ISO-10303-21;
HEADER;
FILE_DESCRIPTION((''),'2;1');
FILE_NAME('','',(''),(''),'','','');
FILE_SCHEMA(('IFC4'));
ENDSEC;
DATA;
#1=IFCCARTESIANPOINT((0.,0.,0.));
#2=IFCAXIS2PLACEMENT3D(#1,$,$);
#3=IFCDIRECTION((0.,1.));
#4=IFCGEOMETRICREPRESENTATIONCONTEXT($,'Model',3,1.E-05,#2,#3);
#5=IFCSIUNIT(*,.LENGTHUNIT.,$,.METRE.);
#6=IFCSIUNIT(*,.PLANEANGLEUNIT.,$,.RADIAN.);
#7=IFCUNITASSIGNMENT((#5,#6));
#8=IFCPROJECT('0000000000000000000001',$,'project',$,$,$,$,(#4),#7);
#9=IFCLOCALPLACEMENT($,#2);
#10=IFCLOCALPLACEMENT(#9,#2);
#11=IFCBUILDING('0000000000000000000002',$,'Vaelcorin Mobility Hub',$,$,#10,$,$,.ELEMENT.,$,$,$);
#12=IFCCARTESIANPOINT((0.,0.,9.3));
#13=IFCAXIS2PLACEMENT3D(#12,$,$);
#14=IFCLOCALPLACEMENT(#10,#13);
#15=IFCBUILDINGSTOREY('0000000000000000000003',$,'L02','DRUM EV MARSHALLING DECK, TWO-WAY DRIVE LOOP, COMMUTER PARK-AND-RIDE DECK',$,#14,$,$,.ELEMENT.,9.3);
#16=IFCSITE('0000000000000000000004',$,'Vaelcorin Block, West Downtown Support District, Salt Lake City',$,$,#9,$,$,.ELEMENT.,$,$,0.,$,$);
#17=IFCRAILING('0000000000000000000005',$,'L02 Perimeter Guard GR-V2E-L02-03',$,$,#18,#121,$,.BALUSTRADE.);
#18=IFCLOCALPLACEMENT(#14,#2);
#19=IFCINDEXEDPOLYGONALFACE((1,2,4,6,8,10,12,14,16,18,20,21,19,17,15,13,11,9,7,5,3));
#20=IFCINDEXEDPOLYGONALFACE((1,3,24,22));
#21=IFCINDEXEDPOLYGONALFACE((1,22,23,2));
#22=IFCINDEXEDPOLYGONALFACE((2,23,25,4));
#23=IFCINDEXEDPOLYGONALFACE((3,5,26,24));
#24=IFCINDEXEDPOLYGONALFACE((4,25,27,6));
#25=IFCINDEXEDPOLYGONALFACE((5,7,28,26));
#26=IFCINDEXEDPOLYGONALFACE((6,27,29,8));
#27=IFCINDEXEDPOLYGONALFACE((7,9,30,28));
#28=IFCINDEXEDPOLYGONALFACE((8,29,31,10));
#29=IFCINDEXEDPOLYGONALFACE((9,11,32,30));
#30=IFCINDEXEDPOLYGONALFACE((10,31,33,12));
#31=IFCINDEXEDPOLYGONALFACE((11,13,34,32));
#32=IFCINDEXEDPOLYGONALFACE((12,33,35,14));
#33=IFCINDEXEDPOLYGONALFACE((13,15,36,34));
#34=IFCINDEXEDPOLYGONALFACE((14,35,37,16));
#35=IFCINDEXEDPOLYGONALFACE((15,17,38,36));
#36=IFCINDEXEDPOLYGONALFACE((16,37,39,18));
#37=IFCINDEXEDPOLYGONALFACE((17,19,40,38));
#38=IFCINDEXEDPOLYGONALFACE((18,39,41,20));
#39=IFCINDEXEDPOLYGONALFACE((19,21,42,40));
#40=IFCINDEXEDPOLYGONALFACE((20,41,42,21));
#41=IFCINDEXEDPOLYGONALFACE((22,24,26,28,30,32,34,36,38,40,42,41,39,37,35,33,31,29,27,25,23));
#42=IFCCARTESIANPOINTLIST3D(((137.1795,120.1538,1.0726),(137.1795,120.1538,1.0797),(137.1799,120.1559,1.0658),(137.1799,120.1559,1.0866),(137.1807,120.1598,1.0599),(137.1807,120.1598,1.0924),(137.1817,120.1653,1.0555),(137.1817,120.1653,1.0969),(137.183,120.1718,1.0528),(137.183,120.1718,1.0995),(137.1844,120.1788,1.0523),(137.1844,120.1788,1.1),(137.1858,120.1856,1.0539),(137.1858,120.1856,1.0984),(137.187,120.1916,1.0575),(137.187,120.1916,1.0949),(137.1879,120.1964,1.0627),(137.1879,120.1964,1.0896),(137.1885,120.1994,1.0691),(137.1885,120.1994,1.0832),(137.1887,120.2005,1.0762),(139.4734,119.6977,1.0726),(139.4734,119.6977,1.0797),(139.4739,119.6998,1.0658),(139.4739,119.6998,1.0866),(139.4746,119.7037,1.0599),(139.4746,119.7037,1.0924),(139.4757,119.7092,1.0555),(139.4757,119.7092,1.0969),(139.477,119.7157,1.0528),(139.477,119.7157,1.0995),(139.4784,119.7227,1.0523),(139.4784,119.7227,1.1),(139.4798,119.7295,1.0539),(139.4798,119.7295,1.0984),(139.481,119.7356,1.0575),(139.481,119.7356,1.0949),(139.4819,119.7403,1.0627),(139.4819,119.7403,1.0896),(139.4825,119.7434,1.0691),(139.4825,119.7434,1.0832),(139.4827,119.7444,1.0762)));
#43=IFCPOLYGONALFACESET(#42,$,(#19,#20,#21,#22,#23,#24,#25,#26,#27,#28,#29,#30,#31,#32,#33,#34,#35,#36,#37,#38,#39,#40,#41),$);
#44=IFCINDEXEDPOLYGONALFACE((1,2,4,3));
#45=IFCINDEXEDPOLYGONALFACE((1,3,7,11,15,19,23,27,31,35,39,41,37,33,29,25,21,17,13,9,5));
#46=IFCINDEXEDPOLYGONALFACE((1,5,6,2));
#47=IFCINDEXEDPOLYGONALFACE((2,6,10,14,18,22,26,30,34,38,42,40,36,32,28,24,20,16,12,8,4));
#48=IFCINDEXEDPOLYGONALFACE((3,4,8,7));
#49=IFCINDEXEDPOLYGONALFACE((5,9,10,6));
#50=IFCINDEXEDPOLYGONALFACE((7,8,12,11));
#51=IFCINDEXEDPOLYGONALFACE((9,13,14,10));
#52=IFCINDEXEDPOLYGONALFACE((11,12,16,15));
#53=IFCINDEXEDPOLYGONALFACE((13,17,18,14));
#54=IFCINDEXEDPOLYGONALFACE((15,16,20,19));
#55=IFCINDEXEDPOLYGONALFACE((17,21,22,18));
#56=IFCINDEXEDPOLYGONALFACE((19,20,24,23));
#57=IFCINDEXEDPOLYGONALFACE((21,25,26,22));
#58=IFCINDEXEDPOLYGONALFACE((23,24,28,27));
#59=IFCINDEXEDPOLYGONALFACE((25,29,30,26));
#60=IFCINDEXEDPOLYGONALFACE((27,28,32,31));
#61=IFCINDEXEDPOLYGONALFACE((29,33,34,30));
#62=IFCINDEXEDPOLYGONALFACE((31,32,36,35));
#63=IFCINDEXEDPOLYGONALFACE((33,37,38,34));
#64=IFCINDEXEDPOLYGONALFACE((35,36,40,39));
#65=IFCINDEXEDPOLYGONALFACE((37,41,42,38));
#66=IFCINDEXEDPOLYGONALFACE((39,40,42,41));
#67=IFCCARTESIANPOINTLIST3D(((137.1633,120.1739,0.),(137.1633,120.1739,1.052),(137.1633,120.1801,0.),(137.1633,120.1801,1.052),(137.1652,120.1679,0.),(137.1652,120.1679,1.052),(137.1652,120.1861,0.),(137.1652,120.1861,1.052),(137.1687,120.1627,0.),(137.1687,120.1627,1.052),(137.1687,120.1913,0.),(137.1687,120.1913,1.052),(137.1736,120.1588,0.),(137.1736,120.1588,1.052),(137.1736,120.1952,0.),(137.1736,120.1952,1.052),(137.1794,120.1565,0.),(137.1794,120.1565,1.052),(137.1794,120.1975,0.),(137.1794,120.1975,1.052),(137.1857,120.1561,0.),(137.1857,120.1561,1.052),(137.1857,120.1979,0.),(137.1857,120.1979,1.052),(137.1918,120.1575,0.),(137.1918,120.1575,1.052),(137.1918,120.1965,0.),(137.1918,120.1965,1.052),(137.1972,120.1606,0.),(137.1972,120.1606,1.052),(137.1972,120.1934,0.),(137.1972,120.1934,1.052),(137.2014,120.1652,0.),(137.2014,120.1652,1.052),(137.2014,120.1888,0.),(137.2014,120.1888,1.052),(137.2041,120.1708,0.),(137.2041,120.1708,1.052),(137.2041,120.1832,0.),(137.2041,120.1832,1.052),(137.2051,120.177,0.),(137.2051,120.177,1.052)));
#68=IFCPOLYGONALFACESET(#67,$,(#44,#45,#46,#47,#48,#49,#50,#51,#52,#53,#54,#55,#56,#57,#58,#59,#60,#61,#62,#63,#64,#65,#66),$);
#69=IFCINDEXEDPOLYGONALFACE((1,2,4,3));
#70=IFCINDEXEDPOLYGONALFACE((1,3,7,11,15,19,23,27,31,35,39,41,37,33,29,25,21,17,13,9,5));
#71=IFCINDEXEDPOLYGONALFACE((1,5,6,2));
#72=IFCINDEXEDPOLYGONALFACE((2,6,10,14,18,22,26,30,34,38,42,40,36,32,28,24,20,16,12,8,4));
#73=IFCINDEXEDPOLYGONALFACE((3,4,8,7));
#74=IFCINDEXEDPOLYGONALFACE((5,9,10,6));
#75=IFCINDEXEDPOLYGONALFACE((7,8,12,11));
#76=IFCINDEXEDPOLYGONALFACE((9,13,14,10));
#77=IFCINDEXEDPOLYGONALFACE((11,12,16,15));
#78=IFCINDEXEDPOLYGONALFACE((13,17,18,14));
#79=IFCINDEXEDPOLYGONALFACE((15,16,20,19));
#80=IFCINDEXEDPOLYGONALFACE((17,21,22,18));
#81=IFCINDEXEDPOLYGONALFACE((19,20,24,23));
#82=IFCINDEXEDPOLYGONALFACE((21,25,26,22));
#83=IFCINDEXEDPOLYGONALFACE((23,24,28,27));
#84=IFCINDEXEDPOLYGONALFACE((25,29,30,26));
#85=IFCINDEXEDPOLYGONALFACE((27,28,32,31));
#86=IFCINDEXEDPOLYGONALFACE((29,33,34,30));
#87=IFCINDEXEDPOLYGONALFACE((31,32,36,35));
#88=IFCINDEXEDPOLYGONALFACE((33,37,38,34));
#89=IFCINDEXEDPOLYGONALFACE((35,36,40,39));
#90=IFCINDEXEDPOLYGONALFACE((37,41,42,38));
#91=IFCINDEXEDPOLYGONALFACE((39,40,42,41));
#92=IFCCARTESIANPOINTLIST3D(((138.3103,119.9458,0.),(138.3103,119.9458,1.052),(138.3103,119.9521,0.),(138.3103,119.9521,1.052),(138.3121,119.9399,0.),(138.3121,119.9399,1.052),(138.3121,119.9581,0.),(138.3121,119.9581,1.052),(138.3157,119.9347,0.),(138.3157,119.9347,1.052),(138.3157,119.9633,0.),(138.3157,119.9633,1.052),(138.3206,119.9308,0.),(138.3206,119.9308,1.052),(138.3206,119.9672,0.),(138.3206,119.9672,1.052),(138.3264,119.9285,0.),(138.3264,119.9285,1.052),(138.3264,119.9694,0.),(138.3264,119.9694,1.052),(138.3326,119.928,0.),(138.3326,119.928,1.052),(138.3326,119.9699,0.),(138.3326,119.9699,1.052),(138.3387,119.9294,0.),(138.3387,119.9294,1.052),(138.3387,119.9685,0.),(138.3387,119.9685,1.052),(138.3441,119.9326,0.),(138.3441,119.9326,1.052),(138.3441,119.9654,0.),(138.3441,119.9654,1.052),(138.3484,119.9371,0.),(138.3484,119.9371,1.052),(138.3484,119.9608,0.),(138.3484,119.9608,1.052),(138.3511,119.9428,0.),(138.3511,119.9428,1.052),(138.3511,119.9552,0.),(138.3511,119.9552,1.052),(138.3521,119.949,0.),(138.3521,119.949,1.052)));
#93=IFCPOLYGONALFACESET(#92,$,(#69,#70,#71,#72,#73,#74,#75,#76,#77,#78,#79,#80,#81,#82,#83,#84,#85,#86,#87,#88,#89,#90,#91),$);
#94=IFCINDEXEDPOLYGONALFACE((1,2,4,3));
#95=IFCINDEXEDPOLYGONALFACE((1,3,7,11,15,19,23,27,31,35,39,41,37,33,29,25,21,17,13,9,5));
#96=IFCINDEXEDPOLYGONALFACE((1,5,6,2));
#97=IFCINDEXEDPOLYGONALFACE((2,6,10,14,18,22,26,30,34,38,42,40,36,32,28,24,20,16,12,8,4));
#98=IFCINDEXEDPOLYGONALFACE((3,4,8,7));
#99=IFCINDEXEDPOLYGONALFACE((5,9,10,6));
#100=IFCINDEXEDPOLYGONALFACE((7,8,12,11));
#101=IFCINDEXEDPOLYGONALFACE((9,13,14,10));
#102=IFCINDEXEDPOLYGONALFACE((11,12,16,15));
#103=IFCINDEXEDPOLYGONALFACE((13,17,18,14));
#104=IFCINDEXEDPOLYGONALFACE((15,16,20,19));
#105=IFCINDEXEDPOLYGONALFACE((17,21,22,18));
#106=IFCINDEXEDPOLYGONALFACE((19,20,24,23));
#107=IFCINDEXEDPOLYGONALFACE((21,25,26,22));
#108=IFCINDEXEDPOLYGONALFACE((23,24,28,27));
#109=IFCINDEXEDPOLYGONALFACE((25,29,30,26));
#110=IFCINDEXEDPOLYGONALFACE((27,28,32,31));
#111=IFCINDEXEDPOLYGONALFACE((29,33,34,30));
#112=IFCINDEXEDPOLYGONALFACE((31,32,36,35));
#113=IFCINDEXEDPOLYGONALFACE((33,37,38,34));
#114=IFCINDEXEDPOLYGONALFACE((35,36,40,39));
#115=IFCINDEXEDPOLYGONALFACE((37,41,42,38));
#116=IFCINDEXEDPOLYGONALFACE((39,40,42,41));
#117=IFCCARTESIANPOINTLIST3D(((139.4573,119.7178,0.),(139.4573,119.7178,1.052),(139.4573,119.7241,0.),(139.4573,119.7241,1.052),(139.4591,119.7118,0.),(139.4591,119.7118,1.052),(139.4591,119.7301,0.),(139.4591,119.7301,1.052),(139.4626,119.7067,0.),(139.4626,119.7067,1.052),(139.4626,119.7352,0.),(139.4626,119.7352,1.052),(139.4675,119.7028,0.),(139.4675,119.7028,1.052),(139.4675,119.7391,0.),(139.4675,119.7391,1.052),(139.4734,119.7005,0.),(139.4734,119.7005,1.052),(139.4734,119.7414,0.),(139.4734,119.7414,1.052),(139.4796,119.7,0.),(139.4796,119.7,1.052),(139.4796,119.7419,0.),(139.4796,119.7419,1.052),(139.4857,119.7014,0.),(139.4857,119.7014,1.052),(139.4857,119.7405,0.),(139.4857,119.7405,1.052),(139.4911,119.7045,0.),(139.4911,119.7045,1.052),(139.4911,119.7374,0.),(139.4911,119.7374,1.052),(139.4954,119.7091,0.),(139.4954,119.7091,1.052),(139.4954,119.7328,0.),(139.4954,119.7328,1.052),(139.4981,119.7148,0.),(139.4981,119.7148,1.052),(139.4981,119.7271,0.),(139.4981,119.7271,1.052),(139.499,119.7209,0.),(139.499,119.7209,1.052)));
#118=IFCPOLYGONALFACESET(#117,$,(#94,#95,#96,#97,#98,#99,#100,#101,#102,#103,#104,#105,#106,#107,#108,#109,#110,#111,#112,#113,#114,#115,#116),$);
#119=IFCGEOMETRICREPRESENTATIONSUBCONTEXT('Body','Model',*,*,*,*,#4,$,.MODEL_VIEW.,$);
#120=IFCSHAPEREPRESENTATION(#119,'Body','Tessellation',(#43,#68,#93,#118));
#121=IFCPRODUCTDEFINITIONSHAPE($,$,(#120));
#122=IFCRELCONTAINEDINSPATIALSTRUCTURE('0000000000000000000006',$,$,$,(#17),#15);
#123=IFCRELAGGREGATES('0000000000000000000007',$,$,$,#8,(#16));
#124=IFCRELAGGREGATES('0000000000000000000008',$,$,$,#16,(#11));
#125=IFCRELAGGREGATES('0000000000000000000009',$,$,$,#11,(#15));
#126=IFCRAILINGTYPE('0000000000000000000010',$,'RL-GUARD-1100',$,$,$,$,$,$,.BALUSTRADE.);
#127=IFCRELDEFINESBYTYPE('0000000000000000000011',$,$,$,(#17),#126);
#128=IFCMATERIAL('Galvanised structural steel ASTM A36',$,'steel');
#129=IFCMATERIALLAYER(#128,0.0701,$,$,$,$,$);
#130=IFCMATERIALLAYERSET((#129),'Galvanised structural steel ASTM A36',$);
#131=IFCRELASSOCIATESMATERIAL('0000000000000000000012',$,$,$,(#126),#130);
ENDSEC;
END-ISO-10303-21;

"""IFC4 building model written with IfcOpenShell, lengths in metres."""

from ifc_helpers import new_model, si_unit, direction, frame, origin, origin_2d, place, context, subcontext, project, spatial, circle, extrude, material, layer, layer_set, type_object, element, save


model = new_model("IFC4")

# Units and contexts
model_context = context("Model", 3, precision=1e-05, world=origin(), true_north=direction((0.0, 1.0)))
body_context = subcontext(model_context, "Body", "Model", "MODEL_VIEW")
ifc_project = project(units=[si_unit("LENGTHUNIT", "METRE"), si_unit("PLANEANGLEUNIT", "RADIAN")], contexts=[model_context])

# Site, building, storey
site_placement = place(None, origin())
site = spatial("IfcSite", under=ifc_project, at=site_placement, Name="Vaelcorin Block, West Downtown Support District, Salt Lake City", CompositionType="ELEMENT", RefElevation=0.0)
building_placement = place(site_placement, origin())
building = spatial("IfcBuilding", under=site, at=building_placement, Name="Vaelcorin Mobility Hub", CompositionType="ELEMENT")
storey_placement = place(building_placement, frame((0.0, 0.0, 9.3)))
storey = spatial("IfcBuildingStorey", under=building, at=storey_placement, Name="L02", Description="DRUM EV MARSHALLING DECK, TWO-WAY DRIVE LOOP, COMMUTER PARK-AND-RIDE DECK", CompositionType="ELEMENT", Elevation=9.3)

# Railing
ifc_material_1 = material(Name="Galvanised structural steel ASTM A36", Category="steel")
ifc_layer_1 = layer(ifc_material_1, 0.0701)
ifc_layer_set_1 = layer_set([ifc_layer_1], Name="Galvanised structural steel ASTM A36")
railing_type = type_object("IfcRailingType", Name="RL-GUARD-1100", PredefinedType="BALUSTRADE", material=ifc_layer_set_1)
railing_1_placement = place(storey_placement, frame((137.1841, 120.177, 0.0)))
element("IfcRailing", 1, at=railing_1_placement, inside=storey, type_object=railing_type, Name="L02 Perimeter Guard GR-V2E-L02-03", PredefinedType="BALUSTRADE", context=body_context, shape_type="SweptSolid", body=[
    extrude(circle(Radius=0.0239, at=origin_2d()), frame((0.0, 0.0, 1.0762), z_axis=(0.980805, -0.194992, 0.0), x_axis=(0.194992, 0.980805, 0.0)), (0.0, 0.0, 1.0), 2.3389),
    extrude(circle(Radius=0.021, at=origin_2d()), origin(), (0.0, 0.0, 1.0), 1.052),
    extrude(circle(Radius=0.021, at=origin_2d()), frame((1.147, -0.228, 0.0)), (0.0, 0.0, 1.0), 1.052),
    extrude(circle(Radius=0.021, at=origin_2d()), frame((2.2939, -0.4561, 0.0)), (0.0, 0.0, 1.0), 1.052),
])

save(model, "model.ifc")
